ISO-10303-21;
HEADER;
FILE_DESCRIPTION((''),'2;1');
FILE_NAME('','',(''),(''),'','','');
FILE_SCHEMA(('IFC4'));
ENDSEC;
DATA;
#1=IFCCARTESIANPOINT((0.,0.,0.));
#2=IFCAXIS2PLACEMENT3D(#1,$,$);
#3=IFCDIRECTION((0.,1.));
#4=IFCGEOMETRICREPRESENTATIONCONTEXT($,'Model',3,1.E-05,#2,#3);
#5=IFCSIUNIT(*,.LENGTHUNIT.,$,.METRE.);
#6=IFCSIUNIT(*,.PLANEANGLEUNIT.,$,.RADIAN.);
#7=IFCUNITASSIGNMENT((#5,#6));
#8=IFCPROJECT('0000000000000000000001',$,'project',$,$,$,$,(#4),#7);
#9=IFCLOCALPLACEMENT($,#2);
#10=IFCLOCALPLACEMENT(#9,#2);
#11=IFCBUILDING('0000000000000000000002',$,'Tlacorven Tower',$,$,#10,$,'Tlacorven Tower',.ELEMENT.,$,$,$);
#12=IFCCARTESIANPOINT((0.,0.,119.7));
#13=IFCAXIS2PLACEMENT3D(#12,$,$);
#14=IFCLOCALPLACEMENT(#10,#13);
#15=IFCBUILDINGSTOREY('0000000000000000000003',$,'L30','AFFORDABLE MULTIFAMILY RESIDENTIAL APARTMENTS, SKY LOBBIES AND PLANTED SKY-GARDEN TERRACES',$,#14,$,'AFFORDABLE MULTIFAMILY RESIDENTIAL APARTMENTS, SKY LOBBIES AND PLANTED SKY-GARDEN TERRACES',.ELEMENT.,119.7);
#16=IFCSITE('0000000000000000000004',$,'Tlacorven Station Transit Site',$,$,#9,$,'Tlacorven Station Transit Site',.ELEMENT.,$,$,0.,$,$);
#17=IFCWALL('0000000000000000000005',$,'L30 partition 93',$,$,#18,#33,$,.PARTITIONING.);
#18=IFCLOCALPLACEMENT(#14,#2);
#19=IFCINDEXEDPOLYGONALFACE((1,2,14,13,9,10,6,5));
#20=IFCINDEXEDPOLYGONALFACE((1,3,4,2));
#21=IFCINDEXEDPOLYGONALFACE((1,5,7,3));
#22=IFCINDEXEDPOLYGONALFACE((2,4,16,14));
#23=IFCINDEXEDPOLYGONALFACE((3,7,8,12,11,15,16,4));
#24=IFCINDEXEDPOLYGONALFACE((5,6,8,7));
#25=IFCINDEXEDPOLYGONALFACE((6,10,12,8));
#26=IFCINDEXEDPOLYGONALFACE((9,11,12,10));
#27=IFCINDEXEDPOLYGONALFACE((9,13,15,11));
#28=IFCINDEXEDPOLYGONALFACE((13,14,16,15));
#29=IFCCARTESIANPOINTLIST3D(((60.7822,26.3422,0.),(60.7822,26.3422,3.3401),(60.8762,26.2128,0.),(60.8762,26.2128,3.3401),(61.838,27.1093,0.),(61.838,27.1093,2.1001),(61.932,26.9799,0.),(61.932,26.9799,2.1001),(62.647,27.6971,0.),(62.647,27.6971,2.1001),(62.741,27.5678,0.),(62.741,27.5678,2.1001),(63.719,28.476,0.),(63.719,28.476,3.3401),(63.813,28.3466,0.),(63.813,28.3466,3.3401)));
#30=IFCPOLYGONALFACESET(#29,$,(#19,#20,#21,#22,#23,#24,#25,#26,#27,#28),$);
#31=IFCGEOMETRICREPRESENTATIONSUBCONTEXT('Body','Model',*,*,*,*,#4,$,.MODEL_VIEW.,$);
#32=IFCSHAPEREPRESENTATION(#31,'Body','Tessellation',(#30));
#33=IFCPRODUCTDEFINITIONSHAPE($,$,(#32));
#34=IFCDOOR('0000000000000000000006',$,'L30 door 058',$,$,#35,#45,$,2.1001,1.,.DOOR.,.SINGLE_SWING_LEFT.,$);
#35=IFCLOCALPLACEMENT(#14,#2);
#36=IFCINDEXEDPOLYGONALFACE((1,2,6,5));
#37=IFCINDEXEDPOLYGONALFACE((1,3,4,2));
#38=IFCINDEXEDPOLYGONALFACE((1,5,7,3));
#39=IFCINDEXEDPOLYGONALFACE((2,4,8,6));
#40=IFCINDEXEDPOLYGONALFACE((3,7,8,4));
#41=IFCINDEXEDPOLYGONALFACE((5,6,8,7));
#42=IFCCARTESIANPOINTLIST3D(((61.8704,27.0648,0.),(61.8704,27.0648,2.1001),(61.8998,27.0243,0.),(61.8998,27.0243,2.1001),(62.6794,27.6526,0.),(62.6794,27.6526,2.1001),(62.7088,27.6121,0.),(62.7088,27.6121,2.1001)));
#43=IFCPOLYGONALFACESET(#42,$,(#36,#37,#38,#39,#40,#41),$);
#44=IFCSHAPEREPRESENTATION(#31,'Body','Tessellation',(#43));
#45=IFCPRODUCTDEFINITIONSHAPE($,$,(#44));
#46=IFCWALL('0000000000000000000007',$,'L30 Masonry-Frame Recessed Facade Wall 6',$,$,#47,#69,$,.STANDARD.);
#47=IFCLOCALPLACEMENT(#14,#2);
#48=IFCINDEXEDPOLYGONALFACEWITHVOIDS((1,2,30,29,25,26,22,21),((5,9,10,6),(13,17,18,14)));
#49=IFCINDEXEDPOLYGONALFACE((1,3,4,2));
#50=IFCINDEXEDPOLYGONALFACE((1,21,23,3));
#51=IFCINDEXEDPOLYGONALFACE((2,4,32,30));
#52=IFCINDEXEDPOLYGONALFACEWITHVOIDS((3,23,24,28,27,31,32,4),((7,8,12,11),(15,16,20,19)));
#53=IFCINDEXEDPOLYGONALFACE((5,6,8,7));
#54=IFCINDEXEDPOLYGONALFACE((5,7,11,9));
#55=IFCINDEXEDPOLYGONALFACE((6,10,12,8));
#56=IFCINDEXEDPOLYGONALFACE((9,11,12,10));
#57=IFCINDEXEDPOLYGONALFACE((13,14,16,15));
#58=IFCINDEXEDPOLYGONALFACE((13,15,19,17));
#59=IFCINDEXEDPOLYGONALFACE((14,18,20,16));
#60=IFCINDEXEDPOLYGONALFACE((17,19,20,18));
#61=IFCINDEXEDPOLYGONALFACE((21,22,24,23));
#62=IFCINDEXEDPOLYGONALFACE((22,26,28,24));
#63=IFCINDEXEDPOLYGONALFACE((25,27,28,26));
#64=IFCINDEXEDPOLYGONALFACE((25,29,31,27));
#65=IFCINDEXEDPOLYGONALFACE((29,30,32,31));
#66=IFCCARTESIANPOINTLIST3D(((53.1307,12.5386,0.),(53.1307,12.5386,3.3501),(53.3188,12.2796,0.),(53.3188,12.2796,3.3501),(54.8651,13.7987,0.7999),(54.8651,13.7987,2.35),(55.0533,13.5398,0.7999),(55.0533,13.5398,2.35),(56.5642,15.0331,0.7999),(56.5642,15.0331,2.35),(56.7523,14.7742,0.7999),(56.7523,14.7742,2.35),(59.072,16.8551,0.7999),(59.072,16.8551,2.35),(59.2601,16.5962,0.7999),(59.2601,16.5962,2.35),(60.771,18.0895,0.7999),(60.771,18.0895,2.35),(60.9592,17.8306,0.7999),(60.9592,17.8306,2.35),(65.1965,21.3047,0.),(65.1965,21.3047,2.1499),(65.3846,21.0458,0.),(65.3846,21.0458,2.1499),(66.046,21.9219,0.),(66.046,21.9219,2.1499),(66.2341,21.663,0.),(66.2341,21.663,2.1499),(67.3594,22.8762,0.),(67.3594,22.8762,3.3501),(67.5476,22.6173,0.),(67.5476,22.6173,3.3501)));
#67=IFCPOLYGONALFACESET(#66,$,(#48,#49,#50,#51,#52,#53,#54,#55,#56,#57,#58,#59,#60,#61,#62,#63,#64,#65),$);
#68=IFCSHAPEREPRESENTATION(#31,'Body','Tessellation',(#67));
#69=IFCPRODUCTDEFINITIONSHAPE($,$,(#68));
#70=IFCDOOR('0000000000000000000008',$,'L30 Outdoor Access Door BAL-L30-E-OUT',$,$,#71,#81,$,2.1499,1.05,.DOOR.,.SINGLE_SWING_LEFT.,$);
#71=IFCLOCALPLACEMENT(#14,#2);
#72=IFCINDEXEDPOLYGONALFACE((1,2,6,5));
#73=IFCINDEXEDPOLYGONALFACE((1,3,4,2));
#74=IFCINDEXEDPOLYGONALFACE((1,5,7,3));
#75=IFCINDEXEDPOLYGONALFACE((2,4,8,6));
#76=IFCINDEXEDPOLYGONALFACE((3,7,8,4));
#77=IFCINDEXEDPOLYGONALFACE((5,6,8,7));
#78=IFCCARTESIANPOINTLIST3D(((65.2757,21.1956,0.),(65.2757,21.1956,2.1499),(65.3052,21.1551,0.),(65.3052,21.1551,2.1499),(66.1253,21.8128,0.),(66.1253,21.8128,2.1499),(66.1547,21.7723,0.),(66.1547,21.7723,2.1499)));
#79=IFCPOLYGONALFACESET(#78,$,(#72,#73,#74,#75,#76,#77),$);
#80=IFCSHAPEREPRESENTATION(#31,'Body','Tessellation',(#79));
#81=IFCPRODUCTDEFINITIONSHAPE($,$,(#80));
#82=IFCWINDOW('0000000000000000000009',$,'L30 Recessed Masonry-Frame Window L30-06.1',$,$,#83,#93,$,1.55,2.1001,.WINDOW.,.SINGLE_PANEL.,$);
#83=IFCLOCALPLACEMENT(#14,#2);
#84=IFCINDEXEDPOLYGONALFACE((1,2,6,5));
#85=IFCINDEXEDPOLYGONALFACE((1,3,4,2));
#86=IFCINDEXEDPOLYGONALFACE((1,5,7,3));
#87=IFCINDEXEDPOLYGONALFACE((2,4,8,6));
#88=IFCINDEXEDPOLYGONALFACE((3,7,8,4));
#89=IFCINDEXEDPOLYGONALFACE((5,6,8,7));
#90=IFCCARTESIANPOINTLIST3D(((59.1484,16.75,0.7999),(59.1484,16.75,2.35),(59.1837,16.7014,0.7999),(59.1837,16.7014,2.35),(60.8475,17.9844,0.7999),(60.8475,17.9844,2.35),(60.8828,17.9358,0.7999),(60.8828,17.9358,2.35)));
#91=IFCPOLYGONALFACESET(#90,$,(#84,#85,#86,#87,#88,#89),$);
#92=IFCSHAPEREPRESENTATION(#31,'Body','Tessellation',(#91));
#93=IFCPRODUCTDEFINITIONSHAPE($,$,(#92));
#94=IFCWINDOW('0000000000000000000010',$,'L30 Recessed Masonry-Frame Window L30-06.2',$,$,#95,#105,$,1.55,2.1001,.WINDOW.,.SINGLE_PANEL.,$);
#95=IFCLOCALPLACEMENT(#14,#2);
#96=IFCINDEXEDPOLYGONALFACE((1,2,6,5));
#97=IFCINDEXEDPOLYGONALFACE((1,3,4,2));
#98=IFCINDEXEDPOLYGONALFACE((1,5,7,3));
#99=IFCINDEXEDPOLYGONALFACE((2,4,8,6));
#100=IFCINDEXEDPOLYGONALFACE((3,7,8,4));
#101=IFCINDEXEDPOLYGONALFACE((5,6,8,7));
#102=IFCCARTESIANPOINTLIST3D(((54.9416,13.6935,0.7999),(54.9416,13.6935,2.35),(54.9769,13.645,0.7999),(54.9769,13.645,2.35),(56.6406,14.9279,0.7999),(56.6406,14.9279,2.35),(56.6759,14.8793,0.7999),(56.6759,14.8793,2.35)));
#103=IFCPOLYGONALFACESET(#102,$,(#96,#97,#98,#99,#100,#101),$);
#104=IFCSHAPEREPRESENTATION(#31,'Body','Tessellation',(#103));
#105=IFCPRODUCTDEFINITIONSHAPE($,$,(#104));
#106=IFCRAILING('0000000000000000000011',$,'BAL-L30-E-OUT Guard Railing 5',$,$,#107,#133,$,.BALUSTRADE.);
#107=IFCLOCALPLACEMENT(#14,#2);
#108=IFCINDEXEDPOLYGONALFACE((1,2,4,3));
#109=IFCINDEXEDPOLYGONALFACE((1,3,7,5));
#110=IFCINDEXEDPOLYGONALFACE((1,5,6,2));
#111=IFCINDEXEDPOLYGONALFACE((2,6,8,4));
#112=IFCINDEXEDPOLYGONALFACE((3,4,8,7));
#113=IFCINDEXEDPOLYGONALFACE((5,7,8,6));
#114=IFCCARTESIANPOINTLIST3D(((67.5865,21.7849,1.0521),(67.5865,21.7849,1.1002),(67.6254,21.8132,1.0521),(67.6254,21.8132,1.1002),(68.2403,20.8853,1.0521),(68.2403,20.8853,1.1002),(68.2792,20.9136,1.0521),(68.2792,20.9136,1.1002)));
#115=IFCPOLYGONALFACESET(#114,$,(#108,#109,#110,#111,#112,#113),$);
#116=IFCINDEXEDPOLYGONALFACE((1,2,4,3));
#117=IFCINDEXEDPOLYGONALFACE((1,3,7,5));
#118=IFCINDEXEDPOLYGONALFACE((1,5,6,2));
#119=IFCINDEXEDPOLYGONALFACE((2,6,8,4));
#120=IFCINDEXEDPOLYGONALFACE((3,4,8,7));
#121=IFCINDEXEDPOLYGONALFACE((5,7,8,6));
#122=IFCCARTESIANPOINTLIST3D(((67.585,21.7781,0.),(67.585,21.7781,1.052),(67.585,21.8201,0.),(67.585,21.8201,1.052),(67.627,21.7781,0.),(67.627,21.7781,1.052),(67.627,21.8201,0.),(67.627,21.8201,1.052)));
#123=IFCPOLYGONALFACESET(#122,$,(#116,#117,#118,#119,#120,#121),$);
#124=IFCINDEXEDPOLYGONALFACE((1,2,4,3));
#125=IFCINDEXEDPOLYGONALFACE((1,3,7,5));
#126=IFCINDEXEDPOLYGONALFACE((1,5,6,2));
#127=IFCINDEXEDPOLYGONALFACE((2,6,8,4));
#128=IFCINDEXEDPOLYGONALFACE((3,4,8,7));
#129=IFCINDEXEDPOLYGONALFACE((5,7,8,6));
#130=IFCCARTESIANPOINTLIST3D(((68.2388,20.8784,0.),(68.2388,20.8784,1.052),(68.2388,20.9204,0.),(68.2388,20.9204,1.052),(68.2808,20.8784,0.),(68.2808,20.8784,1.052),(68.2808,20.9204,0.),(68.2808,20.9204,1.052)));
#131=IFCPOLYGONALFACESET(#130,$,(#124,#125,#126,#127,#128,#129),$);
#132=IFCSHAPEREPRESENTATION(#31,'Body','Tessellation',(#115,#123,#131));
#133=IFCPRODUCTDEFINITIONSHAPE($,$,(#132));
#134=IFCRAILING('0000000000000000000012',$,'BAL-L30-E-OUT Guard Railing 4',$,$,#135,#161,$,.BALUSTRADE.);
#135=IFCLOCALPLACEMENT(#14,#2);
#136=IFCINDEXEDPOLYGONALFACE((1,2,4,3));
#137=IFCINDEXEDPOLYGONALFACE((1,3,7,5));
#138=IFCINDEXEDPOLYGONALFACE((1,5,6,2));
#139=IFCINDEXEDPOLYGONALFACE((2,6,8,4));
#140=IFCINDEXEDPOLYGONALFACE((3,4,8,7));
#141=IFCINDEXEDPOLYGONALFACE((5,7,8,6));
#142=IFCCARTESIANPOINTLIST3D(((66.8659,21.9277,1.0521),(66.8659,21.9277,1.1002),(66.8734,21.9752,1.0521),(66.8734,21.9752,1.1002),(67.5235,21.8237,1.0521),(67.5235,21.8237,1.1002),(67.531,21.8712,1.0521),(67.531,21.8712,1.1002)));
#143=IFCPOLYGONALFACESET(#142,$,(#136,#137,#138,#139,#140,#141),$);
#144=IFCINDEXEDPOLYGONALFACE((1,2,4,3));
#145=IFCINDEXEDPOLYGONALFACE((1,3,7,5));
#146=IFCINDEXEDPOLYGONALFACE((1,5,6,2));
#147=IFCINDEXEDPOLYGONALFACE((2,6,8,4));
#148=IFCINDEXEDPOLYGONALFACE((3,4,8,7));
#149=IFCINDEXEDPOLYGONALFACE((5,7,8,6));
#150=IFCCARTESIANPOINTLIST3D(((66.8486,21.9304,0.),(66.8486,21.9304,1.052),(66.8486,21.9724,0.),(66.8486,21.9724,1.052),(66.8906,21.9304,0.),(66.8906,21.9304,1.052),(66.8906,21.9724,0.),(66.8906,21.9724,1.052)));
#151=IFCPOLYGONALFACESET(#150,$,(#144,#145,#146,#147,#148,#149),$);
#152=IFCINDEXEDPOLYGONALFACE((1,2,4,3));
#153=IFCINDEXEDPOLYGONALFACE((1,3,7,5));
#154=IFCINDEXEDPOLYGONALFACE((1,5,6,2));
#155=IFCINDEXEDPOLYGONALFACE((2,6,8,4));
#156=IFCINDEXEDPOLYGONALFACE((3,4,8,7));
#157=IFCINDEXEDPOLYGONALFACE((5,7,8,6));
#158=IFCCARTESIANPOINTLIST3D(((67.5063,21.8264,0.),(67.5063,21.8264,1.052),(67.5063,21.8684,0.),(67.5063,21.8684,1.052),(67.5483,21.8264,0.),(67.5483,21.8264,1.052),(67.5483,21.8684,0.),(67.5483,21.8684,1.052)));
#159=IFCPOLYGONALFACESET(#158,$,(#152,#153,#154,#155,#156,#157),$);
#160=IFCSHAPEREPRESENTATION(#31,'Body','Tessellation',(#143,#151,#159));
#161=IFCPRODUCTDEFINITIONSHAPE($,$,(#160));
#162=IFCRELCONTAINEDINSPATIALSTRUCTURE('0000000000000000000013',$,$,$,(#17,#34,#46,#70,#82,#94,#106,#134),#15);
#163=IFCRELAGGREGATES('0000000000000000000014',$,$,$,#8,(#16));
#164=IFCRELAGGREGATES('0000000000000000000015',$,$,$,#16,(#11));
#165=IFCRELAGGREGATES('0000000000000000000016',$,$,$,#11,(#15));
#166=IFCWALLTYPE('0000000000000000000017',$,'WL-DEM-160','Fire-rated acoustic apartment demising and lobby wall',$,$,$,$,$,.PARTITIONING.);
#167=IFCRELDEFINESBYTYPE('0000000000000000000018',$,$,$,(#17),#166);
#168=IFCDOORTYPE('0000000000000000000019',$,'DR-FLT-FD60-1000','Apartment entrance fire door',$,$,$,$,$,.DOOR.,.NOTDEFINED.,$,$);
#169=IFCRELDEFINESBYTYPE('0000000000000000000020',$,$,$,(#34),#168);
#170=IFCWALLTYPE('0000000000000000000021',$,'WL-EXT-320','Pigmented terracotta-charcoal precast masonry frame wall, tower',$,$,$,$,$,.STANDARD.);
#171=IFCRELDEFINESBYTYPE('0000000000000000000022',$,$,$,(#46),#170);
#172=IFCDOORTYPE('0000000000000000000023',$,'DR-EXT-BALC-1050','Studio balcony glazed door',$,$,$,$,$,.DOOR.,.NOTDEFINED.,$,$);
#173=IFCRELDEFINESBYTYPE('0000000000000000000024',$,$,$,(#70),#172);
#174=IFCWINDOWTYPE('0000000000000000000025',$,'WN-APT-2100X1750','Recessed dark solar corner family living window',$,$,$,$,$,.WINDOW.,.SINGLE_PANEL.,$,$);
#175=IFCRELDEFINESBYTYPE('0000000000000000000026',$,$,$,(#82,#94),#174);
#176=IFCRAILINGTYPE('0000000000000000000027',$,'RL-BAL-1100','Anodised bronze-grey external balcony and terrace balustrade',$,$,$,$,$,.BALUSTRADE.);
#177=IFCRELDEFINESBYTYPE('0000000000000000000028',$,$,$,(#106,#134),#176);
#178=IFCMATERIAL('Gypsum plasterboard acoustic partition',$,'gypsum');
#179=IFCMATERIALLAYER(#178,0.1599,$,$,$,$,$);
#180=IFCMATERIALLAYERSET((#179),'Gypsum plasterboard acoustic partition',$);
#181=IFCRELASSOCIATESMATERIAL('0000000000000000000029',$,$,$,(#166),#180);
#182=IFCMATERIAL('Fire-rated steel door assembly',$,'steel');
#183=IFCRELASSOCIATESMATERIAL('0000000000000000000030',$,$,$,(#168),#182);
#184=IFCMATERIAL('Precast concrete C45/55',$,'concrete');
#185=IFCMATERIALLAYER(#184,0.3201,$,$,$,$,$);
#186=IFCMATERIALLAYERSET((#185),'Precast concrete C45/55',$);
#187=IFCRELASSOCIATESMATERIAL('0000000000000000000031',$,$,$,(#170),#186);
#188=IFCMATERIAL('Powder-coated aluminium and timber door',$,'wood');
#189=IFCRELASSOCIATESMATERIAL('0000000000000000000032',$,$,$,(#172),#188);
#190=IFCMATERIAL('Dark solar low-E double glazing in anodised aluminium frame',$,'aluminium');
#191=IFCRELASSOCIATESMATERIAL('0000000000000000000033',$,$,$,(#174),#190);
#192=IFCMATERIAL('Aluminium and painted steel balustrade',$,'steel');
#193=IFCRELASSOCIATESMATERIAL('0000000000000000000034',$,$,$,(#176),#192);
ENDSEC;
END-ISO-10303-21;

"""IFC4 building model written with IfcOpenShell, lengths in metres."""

from ifc_helpers import new_model, si_unit, direction, frame, frame_2d, origin, origin_2d, place, context, subcontext, project, spatial, rectangle, extrude, source, transform, mapped, material, layer, layer_set, type_object, element, fill, save


model = new_model("IFC4")

# Units and contexts
model_context = context("Model", 3, precision=1e-05, world=origin(), true_north=direction((0.0, 1.0)))
body_context = subcontext(model_context, "Body", "Model", "MODEL_VIEW")
ifc_project = project(units=[si_unit("LENGTHUNIT", "METRE"), si_unit("PLANEANGLEUNIT", "RADIAN")], contexts=[model_context])

# Site, building, storey
site_placement = place(None, origin())
site = spatial("IfcSite", under=ifc_project, at=site_placement, Name="Tlacorven Station Transit Site", LongName="Tlacorven Station Transit Site", CompositionType="ELEMENT", RefElevation=0.0)
building_placement = place(site_placement, origin())
building = spatial("IfcBuilding", under=site, at=building_placement, Name="Tlacorven Tower", LongName="Tlacorven Tower", CompositionType="ELEMENT")
storey_placement = place(building_placement, frame((0.0, 0.0, 119.7)))
storey = spatial("IfcBuildingStorey", under=building, at=storey_placement, Name="L30", Description="AFFORDABLE MULTIFAMILY RESIDENTIAL APARTMENTS, SKY LOBBIES AND PLANTED SKY-GARDEN TERRACES", LongName="AFFORDABLE MULTIFAMILY RESIDENTIAL APARTMENTS, SKY LOBBIES AND PLANTED SKY-GARDEN TERRACES", CompositionType="ELEMENT", Elevation=119.7)

# Shared definitions
ifc_material_1 = material(Name="Gypsum plasterboard acoustic partition", Category="gypsum")
ifc_layer_1 = layer(ifc_material_1, 0.1599)
ifc_layer_set_1 = layer_set([ifc_layer_1], Name="Gypsum plasterboard acoustic partition")
wall_type_1 = type_object("IfcWallType", Name="WL-DEM-160", Description="Fire-rated acoustic apartment demising and lobby wall", PredefinedType="PARTITIONING", material=ifc_layer_set_1)
ifc_material_2 = material(Name="Fire-rated steel door assembly", Category="steel")
door_type_1 = type_object("IfcDoorType", Name="DR-FLT-FD60-1000", Description="Apartment entrance fire door", OperationType="NOTDEFINED", PredefinedType="DOOR", material=ifc_material_2)
shared_shape_1 = source(origin(), body_context, "Body", "SweptSolid", [
    extrude(rectangle(XDim=1.0, YDim=2.1001, at=frame_2d((0.5, 1.05))), frame((0.0, 0.0249, 0.0), z_axis=(0.0, -1.0, 0.0), x_axis=(1.0, 0.0, 0.0)), (0.0, 0.0, 1.0), 0.05),
])

# Wall, opening, door
wall_1_placement = place(storey_placement, frame((60.8293, 26.2776, 0.0), z_axis=(0.0, 0.0, 1.0), x_axis=(0.809004, 0.587804, 0.0)))
wall_1 = element("IfcWall", 1, at=wall_1_placement, inside=storey, type_object=wall_type_1, Name="L30 partition 93", PredefinedType="PARTITIONING", context=body_context, shape_type="SweptSolid", body=[
    extrude(rectangle(XDim=3.6301, YDim=0.1599, at=frame_2d((1.8149, 0.0))), origin(), (0.0, 0.0, 1.0), 3.3401),
])
opening_1_placement = place(wall_1_placement, frame((1.3049, 0.0, 0.0)))
opening_1 = element("IfcOpeningElement", 2, at=opening_1_placement, cuts=wall_1, PredefinedType="OPENING", context=body_context, shape_type="SweptSolid", body=[
    extrude(rectangle(XDim=1.0, YDim=2.1001, at=frame_2d((0.5, 1.05))), frame((0.0, 0.0898, 0.0), z_axis=(0.0, -1.0, 0.0), x_axis=(1.0, 0.0, 0.0)), (0.0, 0.0, 1.0), 0.1799),
])
door_1_placement = place(opening_1_placement, origin())
door_1 = element("IfcDoor", 3, at=door_1_placement, inside=storey, type_object=door_type_1, Name="L30 door 058", OperationType="SINGLE_SWING_LEFT", OverallHeight=2.1001, OverallWidth=1.0, PredefinedType="DOOR", context=body_context, shape_type="MappedRepresentation", body=[
    mapped(shared_shape_1, transform((0.0, 0.0, 0.0), scale=1.0)),
])
fill(opening_1, door_1)

# Wall, openings, door, windows
ifc_material_3 = material(Name="Precast concrete C45/55", Category="concrete")
ifc_layer_2 = layer(ifc_material_3, 0.3201)
ifc_layer_set_2 = layer_set([ifc_layer_2], Name="Precast concrete C45/55")
wall_type_2 = type_object("IfcWallType", Name="WL-EXT-320", Description="Pigmented terracotta-charcoal precast masonry frame wall, tower", PredefinedType="STANDARD", material=ifc_layer_set_2)
wall_2_placement = place(storey_placement, frame((67.4536, 22.7468, 0.0), z_axis=(0.0, 0.0, 1.0), x_axis=(-0.809021, -0.58778, 0.0)))
wall_2 = element("IfcWall", 4, at=wall_2_placement, inside=storey, type_object=wall_type_2, Name="L30 Masonry-Frame Recessed Facade Wall 6", PredefinedType="STANDARD", context=body_context, shape_type="SweptSolid", body=[
    extrude(rectangle(XDim=17.5876, YDim=0.3201, at=frame_2d((8.7939, 0.0))), origin(), (0.0, 0.0, 1.0), 3.3501),
])
opening_2_placement = place(wall_2_placement, frame((1.6238, 0.0, 0.0)))
opening_2 = element("IfcOpeningElement", 5, at=opening_2_placement, cuts=wall_2, PredefinedType="OPENING", context=body_context, shape_type="SweptSolid", body=[
    extrude(rectangle(XDim=1.05, YDim=2.1499, at=frame_2d((0.5249, 1.075))), frame((0.0, 0.1699, 0.0), z_axis=(0.0, -1.0, 0.0), x_axis=(1.0, 0.0, 0.0)), (0.0, 0.0, 1.0), 0.3401),
])
opening_3_placement = place(wall_2_placement, frame((8.1438, 0.0, 0.8)))
opening_3 = element("IfcOpeningElement", 6, at=opening_3_placement, cuts=wall_2, PredefinedType="OPENING", context=body_context, shape_type="SweptSolid", body=[
    extrude(rectangle(XDim=2.1001, YDim=1.55, at=frame_2d((1.05, 0.7749))), frame((0.0, 0.1699, 0.0), z_axis=(0.0, -1.0, 0.0), x_axis=(1.0, 0.0, 0.0)), (0.0, 0.0, 1.0), 0.3401),
])
opening_4_placement = place(wall_2_placement, frame((13.3438, 0.0, 0.8)))
opening_4 = element("IfcOpeningElement", 7, at=opening_4_placement, cuts=wall_2, PredefinedType="OPENING", context=body_context, shape_type="SweptSolid", body=[
    extrude(rectangle(XDim=2.1001, YDim=1.55, at=frame_2d((1.05, 0.7749))), frame((0.0, 0.1699, 0.0), z_axis=(0.0, -1.0, 0.0), x_axis=(1.0, 0.0, 0.0)), (0.0, 0.0, 1.0), 0.3401),
])
ifc_material_4 = material(Name="Powder-coated aluminium and timber door", Category="wood")
door_type_2 = type_object("IfcDoorType", Name="DR-EXT-BALC-1050", Description="Studio balcony glazed door", OperationType="NOTDEFINED", PredefinedType="DOOR", material=ifc_material_4)
shared_shape_2 = source(origin(), body_context, "Body", "SweptSolid", [
    extrude(rectangle(XDim=1.05, YDim=2.1499, at=frame_2d((0.5249, 1.075))), frame((0.0, 0.0249, 0.0), z_axis=(0.0, -1.0, 0.0), x_axis=(1.0, 0.0, 0.0)), (0.0, 0.0, 1.0), 0.05),
])
door_2_placement = place(opening_2_placement, origin())
door_2 = element("IfcDoor", 8, at=door_2_placement, inside=storey, type_object=door_type_2, Name="L30 Outdoor Access Door BAL-L30-E-OUT", OperationType="SINGLE_SWING_LEFT", OverallHeight=2.1499, OverallWidth=1.05, PredefinedType="DOOR", context=body_context, shape_type="MappedRepresentation", body=[
    mapped(shared_shape_2, transform((0.0, 0.0, 0.0), scale=1.0)),
])
fill(opening_2, door_2)
ifc_material_5 = material(Name="Dark solar low-E double glazing in anodised aluminium frame", Category="aluminium")
window_type = type_object("IfcWindowType", Name="WN-APT-2100X1750", Description="Recessed dark solar corner family living window", PartitioningType="SINGLE_PANEL", PredefinedType="WINDOW", material=ifc_material_5)
shared_shape_3 = source(origin(), body_context, "Body", "SweptSolid", [
    extrude(rectangle(XDim=2.1001, YDim=1.55, at=frame_2d((1.05, 0.7749))), frame((0.0, 0.03, 0.0), z_axis=(0.0, -1.0, 0.0), x_axis=(1.0, 0.0, 0.0)), (0.0, 0.0, 1.0), 0.0601),
])
window_1_placement = place(opening_3_placement, origin())
window_1 = element("IfcWindow", 9, at=window_1_placement, inside=storey, type_object=window_type, Name="L30 Recessed Masonry-Frame Window L30-06.1", OverallHeight=1.55, OverallWidth=2.1001, PartitioningType="SINGLE_PANEL", PredefinedType="WINDOW", context=body_context, shape_type="MappedRepresentation", body=[
    mapped(shared_shape_3, transform((0.0, 0.0, 0.0), scale=1.0)),
])
fill(opening_3, window_1)
window_2_placement = place(opening_4_placement, origin())
window_2 = element("IfcWindow", 10, at=window_2_placement, inside=storey, type_object=window_type, Name="L30 Recessed Masonry-Frame Window L30-06.2", OverallHeight=1.55, OverallWidth=2.1001, PartitioningType="SINGLE_PANEL", PredefinedType="WINDOW", context=body_context, shape_type="MappedRepresentation", body=[
    mapped(shared_shape_3, transform((0.0, 0.0, 0.0), scale=1.0)),
])
fill(opening_4, window_2)

# Railings
ifc_material_6 = material(Name="Aluminium and painted steel balustrade", Category="steel")
railing_type = type_object("IfcRailingType", Name="RL-BAL-1100", Description="Anodised bronze-grey external balcony and terrace balustrade", PredefinedType="BALUSTRADE", material=ifc_material_6)
shared_shape_4 = source(origin(), body_context, "Body", "SweptSolid", [
    extrude(rectangle(XDim=0.0481, YDim=0.0481, at=origin_2d()), frame((0.0, 0.0, 1.0762), z_axis=(0.587884, -0.808945, 0.0), x_axis=(0.808945, 0.587884, 0.0)), (0.0, 0.0, 1.0), 1.1121),
    extrude(rectangle(XDim=0.042, YDim=0.042, at=origin_2d()), origin(), (0.0, 0.0, 1.0), 1.052),
    extrude(rectangle(XDim=0.042, YDim=0.042, at=origin_2d()), frame((0.6538, -0.8997, 0.0)), (0.0, 0.0, 1.0), 1.052),
])
railing_1_placement = place(storey_placement, frame((67.606, 21.7991, 0.0)))
element("IfcRailing", 11, at=railing_1_placement, inside=storey, type_object=railing_type, Name="BAL-L30-E-OUT Guard Railing 5", PredefinedType="BALUSTRADE", context=body_context, shape_type="MappedRepresentation", body=[
    mapped(shared_shape_4, transform((0.0, 0.0, 0.0), scale=1.0)),
])
shared_shape_5 = source(origin(), body_context, "Body", "SweptSolid", [
    extrude(rectangle(XDim=0.0481, YDim=0.0481, at=origin_2d()), frame((0.0, 0.0, 1.0762), z_axis=(0.987727, -0.156188, 0.0), x_axis=(0.156188, 0.987727, 0.0)), (0.0, 0.0, 1.0), 0.6658),
    extrude(rectangle(XDim=0.042, YDim=0.042, at=origin_2d()), origin(), (0.0, 0.0, 1.0), 1.052),
    extrude(rectangle(XDim=0.042, YDim=0.042, at=origin_2d()), frame((0.6577, -0.104, 0.0)), (0.0, 0.0, 1.0), 1.052),
])
railing_2_placement = place(storey_placement, frame((66.8696, 21.9514, 0.0)))
element("IfcRailing", 12, at=railing_2_placement, inside=storey, type_object=railing_type, Name="BAL-L30-E-OUT Guard Railing 4", PredefinedType="BALUSTRADE", context=body_context, shape_type="MappedRepresentation", body=[
    mapped(shared_shape_5, transform((0.0, 0.0, 0.0), scale=1.0)),
])

save(model, "model.ifc")
